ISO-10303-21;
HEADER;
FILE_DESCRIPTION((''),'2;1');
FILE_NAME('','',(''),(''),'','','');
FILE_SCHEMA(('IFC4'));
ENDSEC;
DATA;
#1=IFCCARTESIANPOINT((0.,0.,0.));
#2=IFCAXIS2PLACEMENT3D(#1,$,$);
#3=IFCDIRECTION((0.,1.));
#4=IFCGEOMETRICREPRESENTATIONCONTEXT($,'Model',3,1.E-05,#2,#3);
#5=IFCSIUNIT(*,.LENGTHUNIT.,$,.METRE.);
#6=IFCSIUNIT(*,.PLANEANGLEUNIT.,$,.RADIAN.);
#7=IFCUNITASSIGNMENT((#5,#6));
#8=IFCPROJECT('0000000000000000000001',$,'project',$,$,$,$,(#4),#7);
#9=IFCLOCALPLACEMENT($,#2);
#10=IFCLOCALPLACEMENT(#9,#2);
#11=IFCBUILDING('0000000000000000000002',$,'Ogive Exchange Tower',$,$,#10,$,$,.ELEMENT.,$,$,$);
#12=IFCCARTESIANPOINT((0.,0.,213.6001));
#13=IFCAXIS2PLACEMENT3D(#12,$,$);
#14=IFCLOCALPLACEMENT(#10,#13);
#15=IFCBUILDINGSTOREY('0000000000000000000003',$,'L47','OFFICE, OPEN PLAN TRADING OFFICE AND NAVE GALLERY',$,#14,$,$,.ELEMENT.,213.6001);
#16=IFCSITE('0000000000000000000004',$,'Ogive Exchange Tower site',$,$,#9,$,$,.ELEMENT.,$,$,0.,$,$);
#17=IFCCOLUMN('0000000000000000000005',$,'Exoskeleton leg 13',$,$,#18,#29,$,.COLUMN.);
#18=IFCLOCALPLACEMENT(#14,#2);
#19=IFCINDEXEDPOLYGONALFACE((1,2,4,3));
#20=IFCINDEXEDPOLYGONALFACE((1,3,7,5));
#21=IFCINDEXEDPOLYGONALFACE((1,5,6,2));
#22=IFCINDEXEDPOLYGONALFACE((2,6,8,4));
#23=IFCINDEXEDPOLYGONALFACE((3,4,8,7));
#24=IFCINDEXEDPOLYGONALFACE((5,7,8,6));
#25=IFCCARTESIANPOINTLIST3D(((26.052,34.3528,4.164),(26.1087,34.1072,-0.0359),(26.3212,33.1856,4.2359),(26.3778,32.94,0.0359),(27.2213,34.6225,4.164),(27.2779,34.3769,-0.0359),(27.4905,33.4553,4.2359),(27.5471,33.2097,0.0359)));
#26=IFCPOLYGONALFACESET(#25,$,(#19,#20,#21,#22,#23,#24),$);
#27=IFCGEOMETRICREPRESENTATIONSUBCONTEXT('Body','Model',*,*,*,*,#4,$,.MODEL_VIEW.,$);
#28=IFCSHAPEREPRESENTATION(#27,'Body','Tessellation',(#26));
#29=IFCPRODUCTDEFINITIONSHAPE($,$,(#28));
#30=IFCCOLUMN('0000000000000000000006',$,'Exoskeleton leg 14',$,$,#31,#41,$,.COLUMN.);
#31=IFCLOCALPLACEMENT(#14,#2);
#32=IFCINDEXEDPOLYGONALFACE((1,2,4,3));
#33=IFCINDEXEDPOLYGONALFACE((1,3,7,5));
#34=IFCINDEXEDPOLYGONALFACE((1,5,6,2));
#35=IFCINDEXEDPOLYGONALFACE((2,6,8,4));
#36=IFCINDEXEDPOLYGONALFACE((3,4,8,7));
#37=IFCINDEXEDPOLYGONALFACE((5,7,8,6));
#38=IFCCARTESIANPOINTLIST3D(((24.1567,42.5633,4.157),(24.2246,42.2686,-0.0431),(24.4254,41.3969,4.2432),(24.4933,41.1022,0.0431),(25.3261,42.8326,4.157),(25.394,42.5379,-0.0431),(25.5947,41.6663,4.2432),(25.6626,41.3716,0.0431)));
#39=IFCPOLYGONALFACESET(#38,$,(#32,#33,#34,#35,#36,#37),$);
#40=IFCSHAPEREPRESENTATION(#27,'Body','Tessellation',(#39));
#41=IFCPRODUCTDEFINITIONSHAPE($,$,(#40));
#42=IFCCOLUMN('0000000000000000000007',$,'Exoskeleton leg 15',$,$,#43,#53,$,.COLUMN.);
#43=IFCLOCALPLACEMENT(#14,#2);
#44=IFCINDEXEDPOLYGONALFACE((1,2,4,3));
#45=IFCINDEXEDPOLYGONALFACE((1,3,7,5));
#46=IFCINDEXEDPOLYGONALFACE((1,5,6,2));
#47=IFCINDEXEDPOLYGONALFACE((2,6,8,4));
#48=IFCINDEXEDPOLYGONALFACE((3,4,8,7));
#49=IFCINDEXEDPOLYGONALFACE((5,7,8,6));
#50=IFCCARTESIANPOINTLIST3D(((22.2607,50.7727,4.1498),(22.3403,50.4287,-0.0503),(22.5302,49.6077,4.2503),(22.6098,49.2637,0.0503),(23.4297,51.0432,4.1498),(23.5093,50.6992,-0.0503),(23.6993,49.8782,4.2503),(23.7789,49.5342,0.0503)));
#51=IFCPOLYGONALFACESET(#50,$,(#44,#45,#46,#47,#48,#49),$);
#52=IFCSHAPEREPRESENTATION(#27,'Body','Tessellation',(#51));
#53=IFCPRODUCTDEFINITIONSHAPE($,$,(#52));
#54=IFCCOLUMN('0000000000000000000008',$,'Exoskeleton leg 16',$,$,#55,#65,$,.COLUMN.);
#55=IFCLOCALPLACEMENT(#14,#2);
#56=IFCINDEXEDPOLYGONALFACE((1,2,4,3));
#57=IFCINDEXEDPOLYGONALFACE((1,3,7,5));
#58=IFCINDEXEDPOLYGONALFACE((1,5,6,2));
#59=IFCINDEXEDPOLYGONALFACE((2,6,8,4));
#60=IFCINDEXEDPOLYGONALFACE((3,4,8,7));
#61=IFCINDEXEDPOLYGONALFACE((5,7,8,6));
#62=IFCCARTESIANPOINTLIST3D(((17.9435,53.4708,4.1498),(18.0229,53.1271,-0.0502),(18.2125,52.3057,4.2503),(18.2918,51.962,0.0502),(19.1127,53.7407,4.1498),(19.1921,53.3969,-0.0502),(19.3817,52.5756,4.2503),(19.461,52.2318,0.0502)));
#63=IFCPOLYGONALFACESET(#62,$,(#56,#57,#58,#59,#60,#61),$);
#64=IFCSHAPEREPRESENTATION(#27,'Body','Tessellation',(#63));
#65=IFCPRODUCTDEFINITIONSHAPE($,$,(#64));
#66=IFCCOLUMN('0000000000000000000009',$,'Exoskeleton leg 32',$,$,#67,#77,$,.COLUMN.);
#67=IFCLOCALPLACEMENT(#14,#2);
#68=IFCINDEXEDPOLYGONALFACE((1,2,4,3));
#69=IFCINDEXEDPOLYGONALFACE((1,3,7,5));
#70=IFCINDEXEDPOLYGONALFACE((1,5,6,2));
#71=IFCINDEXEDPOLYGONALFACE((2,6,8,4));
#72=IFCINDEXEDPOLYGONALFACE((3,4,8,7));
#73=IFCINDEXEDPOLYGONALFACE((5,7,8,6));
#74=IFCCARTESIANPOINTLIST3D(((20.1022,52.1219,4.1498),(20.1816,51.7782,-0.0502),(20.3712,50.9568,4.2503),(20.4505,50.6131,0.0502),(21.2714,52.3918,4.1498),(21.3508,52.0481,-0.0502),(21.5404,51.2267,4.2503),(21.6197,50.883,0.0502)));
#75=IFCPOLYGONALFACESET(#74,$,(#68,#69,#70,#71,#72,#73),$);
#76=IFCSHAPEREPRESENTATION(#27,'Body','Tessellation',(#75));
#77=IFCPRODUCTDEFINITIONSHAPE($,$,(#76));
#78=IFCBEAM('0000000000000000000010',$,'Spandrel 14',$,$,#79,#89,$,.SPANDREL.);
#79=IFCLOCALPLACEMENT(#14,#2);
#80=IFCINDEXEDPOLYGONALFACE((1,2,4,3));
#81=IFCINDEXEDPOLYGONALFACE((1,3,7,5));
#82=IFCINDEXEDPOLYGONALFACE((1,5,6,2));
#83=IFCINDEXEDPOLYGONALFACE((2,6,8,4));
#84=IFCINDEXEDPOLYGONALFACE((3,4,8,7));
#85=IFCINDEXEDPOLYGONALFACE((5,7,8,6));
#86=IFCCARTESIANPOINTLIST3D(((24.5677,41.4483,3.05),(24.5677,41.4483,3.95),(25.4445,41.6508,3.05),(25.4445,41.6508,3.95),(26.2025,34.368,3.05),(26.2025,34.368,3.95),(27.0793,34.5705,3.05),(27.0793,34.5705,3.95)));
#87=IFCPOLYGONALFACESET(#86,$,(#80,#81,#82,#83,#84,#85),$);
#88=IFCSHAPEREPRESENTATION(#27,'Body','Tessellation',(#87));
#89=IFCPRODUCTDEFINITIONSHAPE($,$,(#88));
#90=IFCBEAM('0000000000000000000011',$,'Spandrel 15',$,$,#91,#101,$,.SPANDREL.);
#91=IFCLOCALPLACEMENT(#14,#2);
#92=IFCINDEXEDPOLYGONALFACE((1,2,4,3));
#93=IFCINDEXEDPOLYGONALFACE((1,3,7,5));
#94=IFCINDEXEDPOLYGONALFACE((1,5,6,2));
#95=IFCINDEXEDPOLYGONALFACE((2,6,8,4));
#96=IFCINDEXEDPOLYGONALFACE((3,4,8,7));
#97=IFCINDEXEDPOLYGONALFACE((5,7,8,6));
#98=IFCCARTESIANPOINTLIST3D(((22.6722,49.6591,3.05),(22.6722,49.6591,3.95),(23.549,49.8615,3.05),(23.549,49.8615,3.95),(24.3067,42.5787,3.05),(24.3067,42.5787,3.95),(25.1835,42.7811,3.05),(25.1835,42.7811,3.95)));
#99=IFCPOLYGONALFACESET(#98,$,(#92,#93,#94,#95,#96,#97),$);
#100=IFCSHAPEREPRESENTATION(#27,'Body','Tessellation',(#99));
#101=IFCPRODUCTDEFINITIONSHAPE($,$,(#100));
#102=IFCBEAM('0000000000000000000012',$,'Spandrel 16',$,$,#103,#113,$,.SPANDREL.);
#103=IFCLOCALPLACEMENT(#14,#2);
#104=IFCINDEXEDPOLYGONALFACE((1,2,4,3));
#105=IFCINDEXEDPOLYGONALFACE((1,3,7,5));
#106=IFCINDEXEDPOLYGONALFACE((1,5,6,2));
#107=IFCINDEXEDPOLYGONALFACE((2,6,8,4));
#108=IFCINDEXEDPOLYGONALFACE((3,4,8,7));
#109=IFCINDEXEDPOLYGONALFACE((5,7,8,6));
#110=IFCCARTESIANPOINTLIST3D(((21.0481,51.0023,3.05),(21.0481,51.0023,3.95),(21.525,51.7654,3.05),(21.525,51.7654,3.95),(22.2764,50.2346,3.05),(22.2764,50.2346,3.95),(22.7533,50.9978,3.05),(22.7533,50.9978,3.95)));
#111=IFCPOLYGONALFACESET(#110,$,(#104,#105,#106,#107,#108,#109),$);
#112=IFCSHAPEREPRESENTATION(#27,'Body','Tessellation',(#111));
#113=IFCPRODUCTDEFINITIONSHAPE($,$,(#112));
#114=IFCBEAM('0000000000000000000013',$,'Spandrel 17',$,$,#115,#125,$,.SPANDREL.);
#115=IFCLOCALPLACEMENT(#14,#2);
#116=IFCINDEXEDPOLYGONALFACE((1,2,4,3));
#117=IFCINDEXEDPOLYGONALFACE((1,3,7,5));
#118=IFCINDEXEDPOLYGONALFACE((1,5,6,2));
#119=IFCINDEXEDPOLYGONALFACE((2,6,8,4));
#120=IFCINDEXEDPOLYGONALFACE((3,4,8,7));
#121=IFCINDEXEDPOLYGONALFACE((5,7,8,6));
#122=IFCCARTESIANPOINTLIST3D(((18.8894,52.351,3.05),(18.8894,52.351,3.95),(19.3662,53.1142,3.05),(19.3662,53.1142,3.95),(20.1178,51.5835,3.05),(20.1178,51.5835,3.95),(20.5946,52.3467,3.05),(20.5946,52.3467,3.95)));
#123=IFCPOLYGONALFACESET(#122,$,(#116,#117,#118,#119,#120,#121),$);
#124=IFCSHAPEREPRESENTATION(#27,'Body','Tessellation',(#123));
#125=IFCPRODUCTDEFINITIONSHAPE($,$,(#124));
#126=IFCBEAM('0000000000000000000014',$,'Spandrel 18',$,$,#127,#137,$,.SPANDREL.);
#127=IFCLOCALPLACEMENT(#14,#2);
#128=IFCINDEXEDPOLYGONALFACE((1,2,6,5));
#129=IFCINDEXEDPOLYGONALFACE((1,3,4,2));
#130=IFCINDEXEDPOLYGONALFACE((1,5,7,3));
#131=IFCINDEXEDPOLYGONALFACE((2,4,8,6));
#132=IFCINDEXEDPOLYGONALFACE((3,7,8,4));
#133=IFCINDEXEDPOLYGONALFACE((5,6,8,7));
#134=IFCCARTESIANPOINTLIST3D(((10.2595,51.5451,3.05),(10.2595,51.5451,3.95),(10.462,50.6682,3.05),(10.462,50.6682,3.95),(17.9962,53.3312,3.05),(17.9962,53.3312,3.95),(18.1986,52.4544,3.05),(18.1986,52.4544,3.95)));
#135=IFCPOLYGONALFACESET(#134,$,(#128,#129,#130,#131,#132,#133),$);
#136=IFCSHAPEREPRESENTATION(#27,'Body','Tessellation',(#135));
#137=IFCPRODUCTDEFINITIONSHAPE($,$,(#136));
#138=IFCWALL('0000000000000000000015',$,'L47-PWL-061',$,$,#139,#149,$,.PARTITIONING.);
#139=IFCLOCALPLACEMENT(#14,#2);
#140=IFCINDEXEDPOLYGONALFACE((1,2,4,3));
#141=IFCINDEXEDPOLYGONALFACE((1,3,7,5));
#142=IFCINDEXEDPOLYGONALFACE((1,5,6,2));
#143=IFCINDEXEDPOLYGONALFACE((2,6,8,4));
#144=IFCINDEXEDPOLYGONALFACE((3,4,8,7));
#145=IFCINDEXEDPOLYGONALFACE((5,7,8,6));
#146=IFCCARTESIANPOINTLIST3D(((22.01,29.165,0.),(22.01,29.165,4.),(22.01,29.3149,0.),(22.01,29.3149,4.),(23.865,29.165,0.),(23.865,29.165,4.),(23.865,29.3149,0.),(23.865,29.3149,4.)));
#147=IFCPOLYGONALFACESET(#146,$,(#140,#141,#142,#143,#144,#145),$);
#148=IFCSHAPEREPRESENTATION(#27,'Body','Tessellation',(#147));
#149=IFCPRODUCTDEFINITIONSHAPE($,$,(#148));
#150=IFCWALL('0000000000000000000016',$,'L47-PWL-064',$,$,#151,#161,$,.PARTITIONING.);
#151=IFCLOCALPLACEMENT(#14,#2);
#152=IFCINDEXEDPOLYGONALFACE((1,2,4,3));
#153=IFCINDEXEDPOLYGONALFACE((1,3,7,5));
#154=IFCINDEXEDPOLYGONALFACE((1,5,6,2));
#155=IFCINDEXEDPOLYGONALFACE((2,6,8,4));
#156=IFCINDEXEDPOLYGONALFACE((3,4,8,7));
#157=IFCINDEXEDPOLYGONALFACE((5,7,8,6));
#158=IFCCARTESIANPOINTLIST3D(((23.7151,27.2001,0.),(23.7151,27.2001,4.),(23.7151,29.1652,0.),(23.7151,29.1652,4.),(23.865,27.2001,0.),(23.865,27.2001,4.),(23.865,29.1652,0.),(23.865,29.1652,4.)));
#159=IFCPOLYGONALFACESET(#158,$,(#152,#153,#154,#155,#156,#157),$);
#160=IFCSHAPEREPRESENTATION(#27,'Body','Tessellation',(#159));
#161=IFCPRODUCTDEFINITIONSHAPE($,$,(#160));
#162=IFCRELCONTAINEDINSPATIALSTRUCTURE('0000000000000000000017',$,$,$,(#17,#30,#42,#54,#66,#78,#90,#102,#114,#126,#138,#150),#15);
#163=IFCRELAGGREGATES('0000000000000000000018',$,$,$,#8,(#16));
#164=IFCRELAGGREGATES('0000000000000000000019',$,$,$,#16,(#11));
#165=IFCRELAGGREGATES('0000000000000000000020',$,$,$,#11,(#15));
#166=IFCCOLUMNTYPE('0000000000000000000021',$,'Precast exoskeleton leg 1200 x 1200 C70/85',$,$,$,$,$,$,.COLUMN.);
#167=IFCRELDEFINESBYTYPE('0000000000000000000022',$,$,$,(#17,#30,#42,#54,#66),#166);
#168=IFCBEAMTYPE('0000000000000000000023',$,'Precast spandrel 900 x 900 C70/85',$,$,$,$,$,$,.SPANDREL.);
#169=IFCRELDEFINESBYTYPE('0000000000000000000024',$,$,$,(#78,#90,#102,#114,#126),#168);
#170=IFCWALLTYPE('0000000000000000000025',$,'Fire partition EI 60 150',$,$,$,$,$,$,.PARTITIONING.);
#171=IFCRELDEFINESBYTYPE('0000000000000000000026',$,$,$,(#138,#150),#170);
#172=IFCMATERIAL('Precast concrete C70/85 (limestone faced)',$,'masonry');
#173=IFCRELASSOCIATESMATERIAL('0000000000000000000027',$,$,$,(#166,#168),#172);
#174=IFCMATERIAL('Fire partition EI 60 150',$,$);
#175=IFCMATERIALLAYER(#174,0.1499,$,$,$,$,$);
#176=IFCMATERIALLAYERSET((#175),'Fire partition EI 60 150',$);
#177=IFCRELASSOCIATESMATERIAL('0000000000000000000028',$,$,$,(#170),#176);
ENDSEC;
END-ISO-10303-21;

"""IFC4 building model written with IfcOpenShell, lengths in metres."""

from ifc_helpers import new_model, si_unit, direction, frame, frame_2d, origin, origin_2d, place, context, subcontext, project, spatial, rectangle, extrude, material, layer, layer_set, material_profile, profile_set, type_object, element, save


model = new_model("IFC4")

# Units and contexts
model_context = context("Model", 3, precision=1e-05, world=origin(), true_north=direction((0.0, 1.0)))
body_context = subcontext(model_context, "Body", "Model", "MODEL_VIEW")
ifc_project = project(units=[si_unit("LENGTHUNIT", "METRE"), si_unit("PLANEANGLEUNIT", "RADIAN")], contexts=[model_context])

# Site, building, storey
site_placement = place(None, origin())
site = spatial("IfcSite", under=ifc_project, at=site_placement, Name="Ogive Exchange Tower site", CompositionType="ELEMENT", RefElevation=0.0)
building_placement = place(site_placement, origin())
building = spatial("IfcBuilding", under=site, at=building_placement, Name="Ogive Exchange Tower", CompositionType="ELEMENT")
storey_placement = place(building_placement, frame((0.0, 0.0, 213.6001)))
storey = spatial("IfcBuildingStorey", under=building, at=storey_placement, Name="L47", Description="OFFICE, OPEN PLAN TRADING OFFICE AND NAVE GALLERY", CompositionType="ELEMENT", Elevation=213.6001)

# Columns
ifc_material_1 = material(Name="Precast concrete C70/85 (limestone faced)", Category="masonry")
ifc_material_profile_1 = material_profile(ifc_material_1, rectangle(XDim=1.2, YDim=1.2, at=origin_2d()), Name="1200 x 1200")
ifc_profile_set_1 = profile_set([ifc_material_profile_1], Name="Precast concrete C70/85 (limestone faced)")
column_type = type_object("IfcColumnType", Name="Precast exoskeleton leg 1200 x 1200 C70/85", PredefinedType="COLUMN", material=ifc_profile_set_1)
column_1_placement = place(storey_placement, frame((26.8279, 33.6584, 0.0), z_axis=(-0.013462, 0.058373, 0.998204), x_axis=(-0.974424, -0.224718, 0.0)))
element("IfcColumn", 1, at=column_1_placement, inside=storey, type_object=column_type, Name="Exoskeleton leg 13", PredefinedType="COLUMN", context=body_context, shape_type="SweptSolid", body=[
    extrude(rectangle(XDim=1.2, YDim=1.2, at=origin_2d()), origin(), (0.0, 0.0, 1.0), 4.2075),
])
column_2_placement = place(storey_placement, frame((24.9436, 41.8201, 0.0), z_axis=(-0.016118, 0.069981, 0.997418), x_axis=(-0.974486, -0.224447, 0.0)))
element("IfcColumn", 2, at=column_2_placement, inside=storey, type_object=column_type, Name="Exoskeleton leg 14", PredefinedType="COLUMN", context=body_context, shape_type="SweptSolid", body=[
    extrude(rectangle(XDim=1.2, YDim=1.2, at=origin_2d()), origin(), (0.0, 0.0, 1.0), 4.2109),
])
for number, where, z_axis, x_axis, name in (
    (3, (23.0596, 49.9814, 0.0), (-0.018884, 0.081616, 0.996485), (-0.974263, -0.225415, 0.0), "Exoskeleton leg 15"),
    (4, (18.7419, 52.6794, 0.0), (-0.018826, 0.081559, 0.996491), (-0.97438, -0.22491, 0.0), "Exoskeleton leg 16"),
    (5, (20.9006, 51.3306, 0.0), (-0.018826, 0.081559, 0.996491), (-0.97438, -0.22491, 0.0), "Exoskeleton leg 32"),
):
    element("IfcColumn", number, at=place(storey_placement, frame(where, z_axis=z_axis, x_axis=x_axis)), inside=storey, type_object=column_type, Name=name, PredefinedType="COLUMN", context=body_context, shape_type="SweptSolid", body=[
        extrude(rectangle(XDim=1.2, YDim=1.2, at=origin_2d()), origin(), (0.0, 0.0, 1.0), 4.2148),
    ])

# Beams
ifc_material_profile_2 = material_profile(ifc_material_1, rectangle(XDim=0.8999, YDim=0.8999, at=origin_2d()), Name="900 x 900")
ifc_profile_set_2 = profile_set([ifc_material_profile_2], Name="Precast concrete C70/85 (limestone faced)")
beam_type = type_object("IfcBeamType", Name="Precast spandrel 900 x 900 C70/85", PredefinedType="SPANDREL", material=ifc_profile_set_2)
for number, where, z_axis, x_axis, name in (
    (6, (26.6409, 34.4692, 3.5), (-0.22497, 0.974366, 0.0), (-0.974366, -0.22497, 0.0), "Spandrel 14"),
    (7, (24.7451, 42.6799, 3.5), (-0.224938, 0.974373, 0.0), (-0.974373, -0.224938, 0.0), "Spandrel 15"),
):
    element("IfcBeam", number, at=place(storey_placement, frame(where, z_axis=z_axis, x_axis=x_axis)), inside=storey, type_object=beam_type, Name=name, PredefinedType="SPANDREL", context=body_context, shape_type="SweptSolid", body=[
        extrude(rectangle(XDim=0.8999, YDim=0.8999, at=origin_2d()), origin(), (0.0, 0.0, 1.0), 7.2666),
    ])
for number, where, z_axis, x_axis, name in (
    (8, (22.5149, 50.6162, 3.5), (-0.848027, 0.529953, 0.0), (-0.529953, -0.848027, 0.0), "Spandrel 16"),
    (9, (20.3562, 51.9651, 3.5), (-0.848074, 0.529878, 0.0), (-0.529878, -0.848074, 0.0), "Spandrel 17"),
):
    element("IfcBeam", number, at=place(storey_placement, frame(where, z_axis=z_axis, x_axis=x_axis)), inside=storey, type_object=beam_type, Name=name, PredefinedType="SPANDREL", context=body_context, shape_type="SweptSolid", body=[
        extrude(rectangle(XDim=0.8999, YDim=0.8999, at=origin_2d()), origin(), (0.0, 0.0, 1.0), 1.4485),
    ])
beam_placement = place(storey_placement, frame((18.0974, 52.8928, 3.5), z_axis=(-0.97437, -0.224952, 0.0), x_axis=(0.224952, -0.97437, 0.0)))
element("IfcBeam", 10, at=beam_placement, inside=storey, type_object=beam_type, Name="Spandrel 18", PredefinedType="SPANDREL", context=body_context, shape_type="SweptSolid", body=[
    extrude(rectangle(XDim=0.8999, YDim=0.8999, at=origin_2d()), origin(), (0.0, 0.0, 1.0), 7.9402),
])

# Walls
ifc_material_2 = material(Name="Fire partition EI 60 150")
ifc_layer_1 = layer(ifc_material_2, 0.1499)
ifc_layer_set_1 = layer_set([ifc_layer_1], Name="Fire partition EI 60 150")
wall_type_1 = type_object("IfcWallType", Name="Fire partition EI 60 150", PredefinedType="PARTITIONING", material=ifc_layer_set_1)
wall_1_placement = place(storey_placement, frame((22.01, 29.24, 0.0), z_axis=(0.0, 0.0, 1.0), x_axis=(1.0, 0.0, 0.0)))
element("IfcWall", 11, at=wall_1_placement, inside=storey, type_object=wall_type_1, Name="L47-PWL-061", PredefinedType="PARTITIONING", context=body_context, shape_type="SweptSolid", body=[
    extrude(rectangle(XDim=1.855, YDim=0.1499, at=frame_2d((0.9275, 0.0))), origin(), (0.0, 0.0, 1.0), 4.0),
])
wall_2_placement = place(storey_placement, frame((23.79, 29.165, 0.0), z_axis=(0.0, 0.0, 1.0), x_axis=(0.0, -1.0, 0.0)))
element("IfcWall", 12, at=wall_2_placement, inside=storey, type_object=wall_type_1, Name="L47-PWL-064", PredefinedType="PARTITIONING", context=body_context, shape_type="SweptSolid", body=[
    extrude(rectangle(XDim=1.9651, YDim=0.1499, at=frame_2d((0.9824, 0.0))), origin(), (0.0, 0.0, 1.0), 4.0),
])

save(model, "model.ifc")
